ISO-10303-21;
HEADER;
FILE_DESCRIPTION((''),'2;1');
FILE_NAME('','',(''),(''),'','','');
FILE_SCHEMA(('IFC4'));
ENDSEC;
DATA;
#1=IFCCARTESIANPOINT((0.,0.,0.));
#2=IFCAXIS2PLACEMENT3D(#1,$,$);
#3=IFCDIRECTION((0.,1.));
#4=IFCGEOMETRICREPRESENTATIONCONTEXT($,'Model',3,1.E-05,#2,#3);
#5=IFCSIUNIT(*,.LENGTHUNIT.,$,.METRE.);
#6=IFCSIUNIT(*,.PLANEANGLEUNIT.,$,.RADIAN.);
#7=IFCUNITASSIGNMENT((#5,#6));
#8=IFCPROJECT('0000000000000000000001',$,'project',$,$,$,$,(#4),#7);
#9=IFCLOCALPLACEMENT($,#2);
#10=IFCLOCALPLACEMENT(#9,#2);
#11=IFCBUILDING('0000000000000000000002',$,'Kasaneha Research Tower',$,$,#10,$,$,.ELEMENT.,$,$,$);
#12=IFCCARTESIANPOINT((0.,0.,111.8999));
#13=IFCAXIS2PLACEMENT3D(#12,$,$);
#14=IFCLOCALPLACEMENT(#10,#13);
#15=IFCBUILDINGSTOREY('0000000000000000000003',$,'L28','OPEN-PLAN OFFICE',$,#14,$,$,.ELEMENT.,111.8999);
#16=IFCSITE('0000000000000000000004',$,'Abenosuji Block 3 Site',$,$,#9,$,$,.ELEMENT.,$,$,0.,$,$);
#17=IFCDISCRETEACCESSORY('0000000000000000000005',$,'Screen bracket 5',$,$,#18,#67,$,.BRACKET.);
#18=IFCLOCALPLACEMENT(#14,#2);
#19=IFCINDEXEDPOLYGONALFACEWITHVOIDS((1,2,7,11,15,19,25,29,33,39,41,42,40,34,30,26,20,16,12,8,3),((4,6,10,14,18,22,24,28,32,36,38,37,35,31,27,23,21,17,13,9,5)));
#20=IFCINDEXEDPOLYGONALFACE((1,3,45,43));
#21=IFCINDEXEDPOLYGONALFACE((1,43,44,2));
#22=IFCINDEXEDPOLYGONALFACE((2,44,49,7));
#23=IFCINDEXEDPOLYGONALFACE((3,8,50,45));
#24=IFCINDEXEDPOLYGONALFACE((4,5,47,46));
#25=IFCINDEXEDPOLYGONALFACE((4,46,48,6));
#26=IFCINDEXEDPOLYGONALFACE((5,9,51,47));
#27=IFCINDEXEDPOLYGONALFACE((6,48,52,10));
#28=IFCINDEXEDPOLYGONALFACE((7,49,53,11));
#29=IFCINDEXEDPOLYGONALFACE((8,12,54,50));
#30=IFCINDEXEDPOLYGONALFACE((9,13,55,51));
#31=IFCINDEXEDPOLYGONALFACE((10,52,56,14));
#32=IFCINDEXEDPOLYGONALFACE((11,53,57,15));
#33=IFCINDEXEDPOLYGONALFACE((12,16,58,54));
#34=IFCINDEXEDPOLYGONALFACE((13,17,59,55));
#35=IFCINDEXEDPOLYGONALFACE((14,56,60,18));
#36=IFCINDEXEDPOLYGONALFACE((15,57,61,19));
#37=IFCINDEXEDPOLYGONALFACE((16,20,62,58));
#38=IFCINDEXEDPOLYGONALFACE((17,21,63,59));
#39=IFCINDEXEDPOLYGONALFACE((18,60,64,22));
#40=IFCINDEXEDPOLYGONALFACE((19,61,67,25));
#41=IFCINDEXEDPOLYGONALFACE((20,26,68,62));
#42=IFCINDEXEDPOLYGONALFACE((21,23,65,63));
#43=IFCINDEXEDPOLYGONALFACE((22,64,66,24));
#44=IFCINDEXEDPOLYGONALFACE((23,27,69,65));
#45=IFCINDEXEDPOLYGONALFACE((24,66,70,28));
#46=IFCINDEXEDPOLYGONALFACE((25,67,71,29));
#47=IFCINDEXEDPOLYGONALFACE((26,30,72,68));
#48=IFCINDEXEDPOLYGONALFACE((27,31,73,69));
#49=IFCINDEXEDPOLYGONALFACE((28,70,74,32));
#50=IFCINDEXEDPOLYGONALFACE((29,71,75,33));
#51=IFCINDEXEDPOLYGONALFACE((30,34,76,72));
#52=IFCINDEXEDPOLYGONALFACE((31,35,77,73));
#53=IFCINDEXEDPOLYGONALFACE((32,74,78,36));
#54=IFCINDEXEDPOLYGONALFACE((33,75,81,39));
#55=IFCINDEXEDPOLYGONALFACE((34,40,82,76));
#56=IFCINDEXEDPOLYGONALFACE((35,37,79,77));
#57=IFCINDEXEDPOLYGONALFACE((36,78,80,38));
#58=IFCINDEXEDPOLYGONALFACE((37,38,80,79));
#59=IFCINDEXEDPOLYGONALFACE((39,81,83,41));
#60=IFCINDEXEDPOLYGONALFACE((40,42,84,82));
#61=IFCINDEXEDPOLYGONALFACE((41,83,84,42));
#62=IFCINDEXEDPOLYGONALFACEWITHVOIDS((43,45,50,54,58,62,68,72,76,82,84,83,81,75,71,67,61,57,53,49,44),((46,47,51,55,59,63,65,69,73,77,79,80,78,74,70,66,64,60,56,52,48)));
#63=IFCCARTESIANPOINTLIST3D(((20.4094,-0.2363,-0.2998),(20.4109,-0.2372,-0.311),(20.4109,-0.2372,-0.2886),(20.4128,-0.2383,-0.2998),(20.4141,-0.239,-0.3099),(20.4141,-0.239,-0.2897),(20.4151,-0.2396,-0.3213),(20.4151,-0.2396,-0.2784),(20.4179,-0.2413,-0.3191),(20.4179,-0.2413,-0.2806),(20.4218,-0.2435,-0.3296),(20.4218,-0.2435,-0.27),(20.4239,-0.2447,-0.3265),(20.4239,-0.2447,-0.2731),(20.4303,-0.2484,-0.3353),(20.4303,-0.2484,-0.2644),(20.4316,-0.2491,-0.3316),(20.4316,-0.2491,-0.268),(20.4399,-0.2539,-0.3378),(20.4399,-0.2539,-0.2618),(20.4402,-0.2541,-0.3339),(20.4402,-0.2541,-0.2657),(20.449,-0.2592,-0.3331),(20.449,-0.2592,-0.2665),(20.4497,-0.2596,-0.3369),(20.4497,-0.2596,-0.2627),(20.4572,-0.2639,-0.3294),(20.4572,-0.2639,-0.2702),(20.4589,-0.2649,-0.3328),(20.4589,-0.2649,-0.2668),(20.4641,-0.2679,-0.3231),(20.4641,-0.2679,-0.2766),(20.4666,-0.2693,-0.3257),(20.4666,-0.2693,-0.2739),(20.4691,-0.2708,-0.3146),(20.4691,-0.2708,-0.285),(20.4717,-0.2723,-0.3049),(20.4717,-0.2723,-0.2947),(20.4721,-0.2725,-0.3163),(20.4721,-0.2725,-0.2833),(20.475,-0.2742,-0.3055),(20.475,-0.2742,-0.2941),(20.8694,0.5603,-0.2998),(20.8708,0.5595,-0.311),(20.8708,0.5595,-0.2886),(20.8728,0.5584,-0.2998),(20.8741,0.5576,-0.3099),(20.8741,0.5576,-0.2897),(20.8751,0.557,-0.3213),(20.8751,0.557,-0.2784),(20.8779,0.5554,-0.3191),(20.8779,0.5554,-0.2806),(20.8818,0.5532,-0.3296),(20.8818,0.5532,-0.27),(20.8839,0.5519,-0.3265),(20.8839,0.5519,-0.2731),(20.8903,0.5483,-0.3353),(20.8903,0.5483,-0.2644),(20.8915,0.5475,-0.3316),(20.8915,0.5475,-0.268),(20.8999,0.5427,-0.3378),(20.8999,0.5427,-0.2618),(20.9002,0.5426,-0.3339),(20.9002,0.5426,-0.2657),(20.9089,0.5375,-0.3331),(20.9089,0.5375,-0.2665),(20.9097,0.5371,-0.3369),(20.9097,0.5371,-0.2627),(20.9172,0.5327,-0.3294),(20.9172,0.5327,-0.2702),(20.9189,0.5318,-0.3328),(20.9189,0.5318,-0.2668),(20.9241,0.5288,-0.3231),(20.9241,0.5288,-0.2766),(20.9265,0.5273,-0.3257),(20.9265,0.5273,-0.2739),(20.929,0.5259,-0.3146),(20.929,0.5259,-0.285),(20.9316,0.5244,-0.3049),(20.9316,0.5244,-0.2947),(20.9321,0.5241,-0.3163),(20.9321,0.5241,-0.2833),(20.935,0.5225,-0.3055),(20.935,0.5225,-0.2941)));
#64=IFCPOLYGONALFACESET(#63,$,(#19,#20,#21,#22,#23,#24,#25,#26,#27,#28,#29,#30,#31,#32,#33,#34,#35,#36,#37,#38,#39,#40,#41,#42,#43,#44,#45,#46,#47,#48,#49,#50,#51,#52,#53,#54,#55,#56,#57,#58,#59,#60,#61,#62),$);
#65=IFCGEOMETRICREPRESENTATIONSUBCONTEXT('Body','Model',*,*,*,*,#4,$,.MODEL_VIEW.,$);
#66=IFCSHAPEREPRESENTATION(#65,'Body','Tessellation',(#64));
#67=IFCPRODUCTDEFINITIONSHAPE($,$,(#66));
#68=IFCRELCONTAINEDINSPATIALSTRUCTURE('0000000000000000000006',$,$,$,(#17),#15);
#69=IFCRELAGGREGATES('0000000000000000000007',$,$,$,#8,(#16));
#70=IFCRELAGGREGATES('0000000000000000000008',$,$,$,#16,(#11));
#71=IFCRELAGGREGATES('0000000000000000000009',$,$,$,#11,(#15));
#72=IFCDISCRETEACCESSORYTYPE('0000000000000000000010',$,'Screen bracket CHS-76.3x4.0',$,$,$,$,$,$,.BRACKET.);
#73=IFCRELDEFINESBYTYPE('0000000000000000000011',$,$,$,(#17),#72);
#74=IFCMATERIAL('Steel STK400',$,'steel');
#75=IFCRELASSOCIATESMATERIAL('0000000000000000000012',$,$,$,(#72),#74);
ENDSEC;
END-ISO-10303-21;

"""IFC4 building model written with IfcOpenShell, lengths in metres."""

from ifc_helpers import new_model, si_unit, direction, frame, origin, origin_2d, place, context, subcontext, project, spatial, hollow_circle, extrude, material, material_profile, profile_set, type_object, element, save


model = new_model("IFC4")

# Units and contexts
model_context = context("Model", 3, precision=1e-05, world=origin(), true_north=direction((0.0, 1.0)))
body_context = subcontext(model_context, "Body", "Model", "MODEL_VIEW")
ifc_project = project(units=[si_unit("LENGTHUNIT", "METRE"), si_unit("PLANEANGLEUNIT", "RADIAN")], contexts=[model_context])

# Site, building, storey
site_placement = place(None, origin())
site = spatial("IfcSite", under=ifc_project, at=site_placement, Name="Abenosuji Block 3 Site", CompositionType="ELEMENT", RefElevation=0.0)
building_placement = place(site_placement, origin())
building = spatial("IfcBuilding", under=site, at=building_placement, Name="Kasaneha Research Tower", CompositionType="ELEMENT")
storey_placement = place(building_placement, frame((0.0, 0.0, 111.8999)))
storey = spatial("IfcBuildingStorey", under=building, at=storey_placement, Name="L28", Description="OPEN-PLAN OFFICE", CompositionType="ELEMENT", Elevation=111.8999)

# Discrete accessory
ifc_material_1 = material(Name="Steel STK400", Category="steel")
ifc_material_profile_1 = material_profile(ifc_material_1, hollow_circle(Radius=0.0381, WallThickness=0.0039, at=origin_2d()), Name="CHS-76.3x4.0")
ifc_profile_set_1 = profile_set([ifc_material_profile_1], Name="Steel STK400")
discrete_accessory_type = type_object("IfcDiscreteAccessoryType", Name="Screen bracket CHS-76.3x4.0", PredefinedType="BRACKET", material=ifc_profile_set_1)
discrete_accessory_1_placement = place(storey_placement, frame((20.4424, -0.2554, -0.2998), z_axis=(0.500021, 0.866013, 0.0), x_axis=(-0.866013, 0.500021, 0.0)))
element("IfcDiscreteAccessory", 1, at=discrete_accessory_1_placement, inside=storey, type_object=discrete_accessory_type, Name="Screen bracket 5", PredefinedType="BRACKET", context=body_context, shape_type="SweptSolid", body=[
    extrude(hollow_circle(Radius=0.0381, WallThickness=0.0039, at=origin_2d()), origin(), (0.0, 0.0, 1.0), 0.9199),
])

save(model, "model.ifc")
